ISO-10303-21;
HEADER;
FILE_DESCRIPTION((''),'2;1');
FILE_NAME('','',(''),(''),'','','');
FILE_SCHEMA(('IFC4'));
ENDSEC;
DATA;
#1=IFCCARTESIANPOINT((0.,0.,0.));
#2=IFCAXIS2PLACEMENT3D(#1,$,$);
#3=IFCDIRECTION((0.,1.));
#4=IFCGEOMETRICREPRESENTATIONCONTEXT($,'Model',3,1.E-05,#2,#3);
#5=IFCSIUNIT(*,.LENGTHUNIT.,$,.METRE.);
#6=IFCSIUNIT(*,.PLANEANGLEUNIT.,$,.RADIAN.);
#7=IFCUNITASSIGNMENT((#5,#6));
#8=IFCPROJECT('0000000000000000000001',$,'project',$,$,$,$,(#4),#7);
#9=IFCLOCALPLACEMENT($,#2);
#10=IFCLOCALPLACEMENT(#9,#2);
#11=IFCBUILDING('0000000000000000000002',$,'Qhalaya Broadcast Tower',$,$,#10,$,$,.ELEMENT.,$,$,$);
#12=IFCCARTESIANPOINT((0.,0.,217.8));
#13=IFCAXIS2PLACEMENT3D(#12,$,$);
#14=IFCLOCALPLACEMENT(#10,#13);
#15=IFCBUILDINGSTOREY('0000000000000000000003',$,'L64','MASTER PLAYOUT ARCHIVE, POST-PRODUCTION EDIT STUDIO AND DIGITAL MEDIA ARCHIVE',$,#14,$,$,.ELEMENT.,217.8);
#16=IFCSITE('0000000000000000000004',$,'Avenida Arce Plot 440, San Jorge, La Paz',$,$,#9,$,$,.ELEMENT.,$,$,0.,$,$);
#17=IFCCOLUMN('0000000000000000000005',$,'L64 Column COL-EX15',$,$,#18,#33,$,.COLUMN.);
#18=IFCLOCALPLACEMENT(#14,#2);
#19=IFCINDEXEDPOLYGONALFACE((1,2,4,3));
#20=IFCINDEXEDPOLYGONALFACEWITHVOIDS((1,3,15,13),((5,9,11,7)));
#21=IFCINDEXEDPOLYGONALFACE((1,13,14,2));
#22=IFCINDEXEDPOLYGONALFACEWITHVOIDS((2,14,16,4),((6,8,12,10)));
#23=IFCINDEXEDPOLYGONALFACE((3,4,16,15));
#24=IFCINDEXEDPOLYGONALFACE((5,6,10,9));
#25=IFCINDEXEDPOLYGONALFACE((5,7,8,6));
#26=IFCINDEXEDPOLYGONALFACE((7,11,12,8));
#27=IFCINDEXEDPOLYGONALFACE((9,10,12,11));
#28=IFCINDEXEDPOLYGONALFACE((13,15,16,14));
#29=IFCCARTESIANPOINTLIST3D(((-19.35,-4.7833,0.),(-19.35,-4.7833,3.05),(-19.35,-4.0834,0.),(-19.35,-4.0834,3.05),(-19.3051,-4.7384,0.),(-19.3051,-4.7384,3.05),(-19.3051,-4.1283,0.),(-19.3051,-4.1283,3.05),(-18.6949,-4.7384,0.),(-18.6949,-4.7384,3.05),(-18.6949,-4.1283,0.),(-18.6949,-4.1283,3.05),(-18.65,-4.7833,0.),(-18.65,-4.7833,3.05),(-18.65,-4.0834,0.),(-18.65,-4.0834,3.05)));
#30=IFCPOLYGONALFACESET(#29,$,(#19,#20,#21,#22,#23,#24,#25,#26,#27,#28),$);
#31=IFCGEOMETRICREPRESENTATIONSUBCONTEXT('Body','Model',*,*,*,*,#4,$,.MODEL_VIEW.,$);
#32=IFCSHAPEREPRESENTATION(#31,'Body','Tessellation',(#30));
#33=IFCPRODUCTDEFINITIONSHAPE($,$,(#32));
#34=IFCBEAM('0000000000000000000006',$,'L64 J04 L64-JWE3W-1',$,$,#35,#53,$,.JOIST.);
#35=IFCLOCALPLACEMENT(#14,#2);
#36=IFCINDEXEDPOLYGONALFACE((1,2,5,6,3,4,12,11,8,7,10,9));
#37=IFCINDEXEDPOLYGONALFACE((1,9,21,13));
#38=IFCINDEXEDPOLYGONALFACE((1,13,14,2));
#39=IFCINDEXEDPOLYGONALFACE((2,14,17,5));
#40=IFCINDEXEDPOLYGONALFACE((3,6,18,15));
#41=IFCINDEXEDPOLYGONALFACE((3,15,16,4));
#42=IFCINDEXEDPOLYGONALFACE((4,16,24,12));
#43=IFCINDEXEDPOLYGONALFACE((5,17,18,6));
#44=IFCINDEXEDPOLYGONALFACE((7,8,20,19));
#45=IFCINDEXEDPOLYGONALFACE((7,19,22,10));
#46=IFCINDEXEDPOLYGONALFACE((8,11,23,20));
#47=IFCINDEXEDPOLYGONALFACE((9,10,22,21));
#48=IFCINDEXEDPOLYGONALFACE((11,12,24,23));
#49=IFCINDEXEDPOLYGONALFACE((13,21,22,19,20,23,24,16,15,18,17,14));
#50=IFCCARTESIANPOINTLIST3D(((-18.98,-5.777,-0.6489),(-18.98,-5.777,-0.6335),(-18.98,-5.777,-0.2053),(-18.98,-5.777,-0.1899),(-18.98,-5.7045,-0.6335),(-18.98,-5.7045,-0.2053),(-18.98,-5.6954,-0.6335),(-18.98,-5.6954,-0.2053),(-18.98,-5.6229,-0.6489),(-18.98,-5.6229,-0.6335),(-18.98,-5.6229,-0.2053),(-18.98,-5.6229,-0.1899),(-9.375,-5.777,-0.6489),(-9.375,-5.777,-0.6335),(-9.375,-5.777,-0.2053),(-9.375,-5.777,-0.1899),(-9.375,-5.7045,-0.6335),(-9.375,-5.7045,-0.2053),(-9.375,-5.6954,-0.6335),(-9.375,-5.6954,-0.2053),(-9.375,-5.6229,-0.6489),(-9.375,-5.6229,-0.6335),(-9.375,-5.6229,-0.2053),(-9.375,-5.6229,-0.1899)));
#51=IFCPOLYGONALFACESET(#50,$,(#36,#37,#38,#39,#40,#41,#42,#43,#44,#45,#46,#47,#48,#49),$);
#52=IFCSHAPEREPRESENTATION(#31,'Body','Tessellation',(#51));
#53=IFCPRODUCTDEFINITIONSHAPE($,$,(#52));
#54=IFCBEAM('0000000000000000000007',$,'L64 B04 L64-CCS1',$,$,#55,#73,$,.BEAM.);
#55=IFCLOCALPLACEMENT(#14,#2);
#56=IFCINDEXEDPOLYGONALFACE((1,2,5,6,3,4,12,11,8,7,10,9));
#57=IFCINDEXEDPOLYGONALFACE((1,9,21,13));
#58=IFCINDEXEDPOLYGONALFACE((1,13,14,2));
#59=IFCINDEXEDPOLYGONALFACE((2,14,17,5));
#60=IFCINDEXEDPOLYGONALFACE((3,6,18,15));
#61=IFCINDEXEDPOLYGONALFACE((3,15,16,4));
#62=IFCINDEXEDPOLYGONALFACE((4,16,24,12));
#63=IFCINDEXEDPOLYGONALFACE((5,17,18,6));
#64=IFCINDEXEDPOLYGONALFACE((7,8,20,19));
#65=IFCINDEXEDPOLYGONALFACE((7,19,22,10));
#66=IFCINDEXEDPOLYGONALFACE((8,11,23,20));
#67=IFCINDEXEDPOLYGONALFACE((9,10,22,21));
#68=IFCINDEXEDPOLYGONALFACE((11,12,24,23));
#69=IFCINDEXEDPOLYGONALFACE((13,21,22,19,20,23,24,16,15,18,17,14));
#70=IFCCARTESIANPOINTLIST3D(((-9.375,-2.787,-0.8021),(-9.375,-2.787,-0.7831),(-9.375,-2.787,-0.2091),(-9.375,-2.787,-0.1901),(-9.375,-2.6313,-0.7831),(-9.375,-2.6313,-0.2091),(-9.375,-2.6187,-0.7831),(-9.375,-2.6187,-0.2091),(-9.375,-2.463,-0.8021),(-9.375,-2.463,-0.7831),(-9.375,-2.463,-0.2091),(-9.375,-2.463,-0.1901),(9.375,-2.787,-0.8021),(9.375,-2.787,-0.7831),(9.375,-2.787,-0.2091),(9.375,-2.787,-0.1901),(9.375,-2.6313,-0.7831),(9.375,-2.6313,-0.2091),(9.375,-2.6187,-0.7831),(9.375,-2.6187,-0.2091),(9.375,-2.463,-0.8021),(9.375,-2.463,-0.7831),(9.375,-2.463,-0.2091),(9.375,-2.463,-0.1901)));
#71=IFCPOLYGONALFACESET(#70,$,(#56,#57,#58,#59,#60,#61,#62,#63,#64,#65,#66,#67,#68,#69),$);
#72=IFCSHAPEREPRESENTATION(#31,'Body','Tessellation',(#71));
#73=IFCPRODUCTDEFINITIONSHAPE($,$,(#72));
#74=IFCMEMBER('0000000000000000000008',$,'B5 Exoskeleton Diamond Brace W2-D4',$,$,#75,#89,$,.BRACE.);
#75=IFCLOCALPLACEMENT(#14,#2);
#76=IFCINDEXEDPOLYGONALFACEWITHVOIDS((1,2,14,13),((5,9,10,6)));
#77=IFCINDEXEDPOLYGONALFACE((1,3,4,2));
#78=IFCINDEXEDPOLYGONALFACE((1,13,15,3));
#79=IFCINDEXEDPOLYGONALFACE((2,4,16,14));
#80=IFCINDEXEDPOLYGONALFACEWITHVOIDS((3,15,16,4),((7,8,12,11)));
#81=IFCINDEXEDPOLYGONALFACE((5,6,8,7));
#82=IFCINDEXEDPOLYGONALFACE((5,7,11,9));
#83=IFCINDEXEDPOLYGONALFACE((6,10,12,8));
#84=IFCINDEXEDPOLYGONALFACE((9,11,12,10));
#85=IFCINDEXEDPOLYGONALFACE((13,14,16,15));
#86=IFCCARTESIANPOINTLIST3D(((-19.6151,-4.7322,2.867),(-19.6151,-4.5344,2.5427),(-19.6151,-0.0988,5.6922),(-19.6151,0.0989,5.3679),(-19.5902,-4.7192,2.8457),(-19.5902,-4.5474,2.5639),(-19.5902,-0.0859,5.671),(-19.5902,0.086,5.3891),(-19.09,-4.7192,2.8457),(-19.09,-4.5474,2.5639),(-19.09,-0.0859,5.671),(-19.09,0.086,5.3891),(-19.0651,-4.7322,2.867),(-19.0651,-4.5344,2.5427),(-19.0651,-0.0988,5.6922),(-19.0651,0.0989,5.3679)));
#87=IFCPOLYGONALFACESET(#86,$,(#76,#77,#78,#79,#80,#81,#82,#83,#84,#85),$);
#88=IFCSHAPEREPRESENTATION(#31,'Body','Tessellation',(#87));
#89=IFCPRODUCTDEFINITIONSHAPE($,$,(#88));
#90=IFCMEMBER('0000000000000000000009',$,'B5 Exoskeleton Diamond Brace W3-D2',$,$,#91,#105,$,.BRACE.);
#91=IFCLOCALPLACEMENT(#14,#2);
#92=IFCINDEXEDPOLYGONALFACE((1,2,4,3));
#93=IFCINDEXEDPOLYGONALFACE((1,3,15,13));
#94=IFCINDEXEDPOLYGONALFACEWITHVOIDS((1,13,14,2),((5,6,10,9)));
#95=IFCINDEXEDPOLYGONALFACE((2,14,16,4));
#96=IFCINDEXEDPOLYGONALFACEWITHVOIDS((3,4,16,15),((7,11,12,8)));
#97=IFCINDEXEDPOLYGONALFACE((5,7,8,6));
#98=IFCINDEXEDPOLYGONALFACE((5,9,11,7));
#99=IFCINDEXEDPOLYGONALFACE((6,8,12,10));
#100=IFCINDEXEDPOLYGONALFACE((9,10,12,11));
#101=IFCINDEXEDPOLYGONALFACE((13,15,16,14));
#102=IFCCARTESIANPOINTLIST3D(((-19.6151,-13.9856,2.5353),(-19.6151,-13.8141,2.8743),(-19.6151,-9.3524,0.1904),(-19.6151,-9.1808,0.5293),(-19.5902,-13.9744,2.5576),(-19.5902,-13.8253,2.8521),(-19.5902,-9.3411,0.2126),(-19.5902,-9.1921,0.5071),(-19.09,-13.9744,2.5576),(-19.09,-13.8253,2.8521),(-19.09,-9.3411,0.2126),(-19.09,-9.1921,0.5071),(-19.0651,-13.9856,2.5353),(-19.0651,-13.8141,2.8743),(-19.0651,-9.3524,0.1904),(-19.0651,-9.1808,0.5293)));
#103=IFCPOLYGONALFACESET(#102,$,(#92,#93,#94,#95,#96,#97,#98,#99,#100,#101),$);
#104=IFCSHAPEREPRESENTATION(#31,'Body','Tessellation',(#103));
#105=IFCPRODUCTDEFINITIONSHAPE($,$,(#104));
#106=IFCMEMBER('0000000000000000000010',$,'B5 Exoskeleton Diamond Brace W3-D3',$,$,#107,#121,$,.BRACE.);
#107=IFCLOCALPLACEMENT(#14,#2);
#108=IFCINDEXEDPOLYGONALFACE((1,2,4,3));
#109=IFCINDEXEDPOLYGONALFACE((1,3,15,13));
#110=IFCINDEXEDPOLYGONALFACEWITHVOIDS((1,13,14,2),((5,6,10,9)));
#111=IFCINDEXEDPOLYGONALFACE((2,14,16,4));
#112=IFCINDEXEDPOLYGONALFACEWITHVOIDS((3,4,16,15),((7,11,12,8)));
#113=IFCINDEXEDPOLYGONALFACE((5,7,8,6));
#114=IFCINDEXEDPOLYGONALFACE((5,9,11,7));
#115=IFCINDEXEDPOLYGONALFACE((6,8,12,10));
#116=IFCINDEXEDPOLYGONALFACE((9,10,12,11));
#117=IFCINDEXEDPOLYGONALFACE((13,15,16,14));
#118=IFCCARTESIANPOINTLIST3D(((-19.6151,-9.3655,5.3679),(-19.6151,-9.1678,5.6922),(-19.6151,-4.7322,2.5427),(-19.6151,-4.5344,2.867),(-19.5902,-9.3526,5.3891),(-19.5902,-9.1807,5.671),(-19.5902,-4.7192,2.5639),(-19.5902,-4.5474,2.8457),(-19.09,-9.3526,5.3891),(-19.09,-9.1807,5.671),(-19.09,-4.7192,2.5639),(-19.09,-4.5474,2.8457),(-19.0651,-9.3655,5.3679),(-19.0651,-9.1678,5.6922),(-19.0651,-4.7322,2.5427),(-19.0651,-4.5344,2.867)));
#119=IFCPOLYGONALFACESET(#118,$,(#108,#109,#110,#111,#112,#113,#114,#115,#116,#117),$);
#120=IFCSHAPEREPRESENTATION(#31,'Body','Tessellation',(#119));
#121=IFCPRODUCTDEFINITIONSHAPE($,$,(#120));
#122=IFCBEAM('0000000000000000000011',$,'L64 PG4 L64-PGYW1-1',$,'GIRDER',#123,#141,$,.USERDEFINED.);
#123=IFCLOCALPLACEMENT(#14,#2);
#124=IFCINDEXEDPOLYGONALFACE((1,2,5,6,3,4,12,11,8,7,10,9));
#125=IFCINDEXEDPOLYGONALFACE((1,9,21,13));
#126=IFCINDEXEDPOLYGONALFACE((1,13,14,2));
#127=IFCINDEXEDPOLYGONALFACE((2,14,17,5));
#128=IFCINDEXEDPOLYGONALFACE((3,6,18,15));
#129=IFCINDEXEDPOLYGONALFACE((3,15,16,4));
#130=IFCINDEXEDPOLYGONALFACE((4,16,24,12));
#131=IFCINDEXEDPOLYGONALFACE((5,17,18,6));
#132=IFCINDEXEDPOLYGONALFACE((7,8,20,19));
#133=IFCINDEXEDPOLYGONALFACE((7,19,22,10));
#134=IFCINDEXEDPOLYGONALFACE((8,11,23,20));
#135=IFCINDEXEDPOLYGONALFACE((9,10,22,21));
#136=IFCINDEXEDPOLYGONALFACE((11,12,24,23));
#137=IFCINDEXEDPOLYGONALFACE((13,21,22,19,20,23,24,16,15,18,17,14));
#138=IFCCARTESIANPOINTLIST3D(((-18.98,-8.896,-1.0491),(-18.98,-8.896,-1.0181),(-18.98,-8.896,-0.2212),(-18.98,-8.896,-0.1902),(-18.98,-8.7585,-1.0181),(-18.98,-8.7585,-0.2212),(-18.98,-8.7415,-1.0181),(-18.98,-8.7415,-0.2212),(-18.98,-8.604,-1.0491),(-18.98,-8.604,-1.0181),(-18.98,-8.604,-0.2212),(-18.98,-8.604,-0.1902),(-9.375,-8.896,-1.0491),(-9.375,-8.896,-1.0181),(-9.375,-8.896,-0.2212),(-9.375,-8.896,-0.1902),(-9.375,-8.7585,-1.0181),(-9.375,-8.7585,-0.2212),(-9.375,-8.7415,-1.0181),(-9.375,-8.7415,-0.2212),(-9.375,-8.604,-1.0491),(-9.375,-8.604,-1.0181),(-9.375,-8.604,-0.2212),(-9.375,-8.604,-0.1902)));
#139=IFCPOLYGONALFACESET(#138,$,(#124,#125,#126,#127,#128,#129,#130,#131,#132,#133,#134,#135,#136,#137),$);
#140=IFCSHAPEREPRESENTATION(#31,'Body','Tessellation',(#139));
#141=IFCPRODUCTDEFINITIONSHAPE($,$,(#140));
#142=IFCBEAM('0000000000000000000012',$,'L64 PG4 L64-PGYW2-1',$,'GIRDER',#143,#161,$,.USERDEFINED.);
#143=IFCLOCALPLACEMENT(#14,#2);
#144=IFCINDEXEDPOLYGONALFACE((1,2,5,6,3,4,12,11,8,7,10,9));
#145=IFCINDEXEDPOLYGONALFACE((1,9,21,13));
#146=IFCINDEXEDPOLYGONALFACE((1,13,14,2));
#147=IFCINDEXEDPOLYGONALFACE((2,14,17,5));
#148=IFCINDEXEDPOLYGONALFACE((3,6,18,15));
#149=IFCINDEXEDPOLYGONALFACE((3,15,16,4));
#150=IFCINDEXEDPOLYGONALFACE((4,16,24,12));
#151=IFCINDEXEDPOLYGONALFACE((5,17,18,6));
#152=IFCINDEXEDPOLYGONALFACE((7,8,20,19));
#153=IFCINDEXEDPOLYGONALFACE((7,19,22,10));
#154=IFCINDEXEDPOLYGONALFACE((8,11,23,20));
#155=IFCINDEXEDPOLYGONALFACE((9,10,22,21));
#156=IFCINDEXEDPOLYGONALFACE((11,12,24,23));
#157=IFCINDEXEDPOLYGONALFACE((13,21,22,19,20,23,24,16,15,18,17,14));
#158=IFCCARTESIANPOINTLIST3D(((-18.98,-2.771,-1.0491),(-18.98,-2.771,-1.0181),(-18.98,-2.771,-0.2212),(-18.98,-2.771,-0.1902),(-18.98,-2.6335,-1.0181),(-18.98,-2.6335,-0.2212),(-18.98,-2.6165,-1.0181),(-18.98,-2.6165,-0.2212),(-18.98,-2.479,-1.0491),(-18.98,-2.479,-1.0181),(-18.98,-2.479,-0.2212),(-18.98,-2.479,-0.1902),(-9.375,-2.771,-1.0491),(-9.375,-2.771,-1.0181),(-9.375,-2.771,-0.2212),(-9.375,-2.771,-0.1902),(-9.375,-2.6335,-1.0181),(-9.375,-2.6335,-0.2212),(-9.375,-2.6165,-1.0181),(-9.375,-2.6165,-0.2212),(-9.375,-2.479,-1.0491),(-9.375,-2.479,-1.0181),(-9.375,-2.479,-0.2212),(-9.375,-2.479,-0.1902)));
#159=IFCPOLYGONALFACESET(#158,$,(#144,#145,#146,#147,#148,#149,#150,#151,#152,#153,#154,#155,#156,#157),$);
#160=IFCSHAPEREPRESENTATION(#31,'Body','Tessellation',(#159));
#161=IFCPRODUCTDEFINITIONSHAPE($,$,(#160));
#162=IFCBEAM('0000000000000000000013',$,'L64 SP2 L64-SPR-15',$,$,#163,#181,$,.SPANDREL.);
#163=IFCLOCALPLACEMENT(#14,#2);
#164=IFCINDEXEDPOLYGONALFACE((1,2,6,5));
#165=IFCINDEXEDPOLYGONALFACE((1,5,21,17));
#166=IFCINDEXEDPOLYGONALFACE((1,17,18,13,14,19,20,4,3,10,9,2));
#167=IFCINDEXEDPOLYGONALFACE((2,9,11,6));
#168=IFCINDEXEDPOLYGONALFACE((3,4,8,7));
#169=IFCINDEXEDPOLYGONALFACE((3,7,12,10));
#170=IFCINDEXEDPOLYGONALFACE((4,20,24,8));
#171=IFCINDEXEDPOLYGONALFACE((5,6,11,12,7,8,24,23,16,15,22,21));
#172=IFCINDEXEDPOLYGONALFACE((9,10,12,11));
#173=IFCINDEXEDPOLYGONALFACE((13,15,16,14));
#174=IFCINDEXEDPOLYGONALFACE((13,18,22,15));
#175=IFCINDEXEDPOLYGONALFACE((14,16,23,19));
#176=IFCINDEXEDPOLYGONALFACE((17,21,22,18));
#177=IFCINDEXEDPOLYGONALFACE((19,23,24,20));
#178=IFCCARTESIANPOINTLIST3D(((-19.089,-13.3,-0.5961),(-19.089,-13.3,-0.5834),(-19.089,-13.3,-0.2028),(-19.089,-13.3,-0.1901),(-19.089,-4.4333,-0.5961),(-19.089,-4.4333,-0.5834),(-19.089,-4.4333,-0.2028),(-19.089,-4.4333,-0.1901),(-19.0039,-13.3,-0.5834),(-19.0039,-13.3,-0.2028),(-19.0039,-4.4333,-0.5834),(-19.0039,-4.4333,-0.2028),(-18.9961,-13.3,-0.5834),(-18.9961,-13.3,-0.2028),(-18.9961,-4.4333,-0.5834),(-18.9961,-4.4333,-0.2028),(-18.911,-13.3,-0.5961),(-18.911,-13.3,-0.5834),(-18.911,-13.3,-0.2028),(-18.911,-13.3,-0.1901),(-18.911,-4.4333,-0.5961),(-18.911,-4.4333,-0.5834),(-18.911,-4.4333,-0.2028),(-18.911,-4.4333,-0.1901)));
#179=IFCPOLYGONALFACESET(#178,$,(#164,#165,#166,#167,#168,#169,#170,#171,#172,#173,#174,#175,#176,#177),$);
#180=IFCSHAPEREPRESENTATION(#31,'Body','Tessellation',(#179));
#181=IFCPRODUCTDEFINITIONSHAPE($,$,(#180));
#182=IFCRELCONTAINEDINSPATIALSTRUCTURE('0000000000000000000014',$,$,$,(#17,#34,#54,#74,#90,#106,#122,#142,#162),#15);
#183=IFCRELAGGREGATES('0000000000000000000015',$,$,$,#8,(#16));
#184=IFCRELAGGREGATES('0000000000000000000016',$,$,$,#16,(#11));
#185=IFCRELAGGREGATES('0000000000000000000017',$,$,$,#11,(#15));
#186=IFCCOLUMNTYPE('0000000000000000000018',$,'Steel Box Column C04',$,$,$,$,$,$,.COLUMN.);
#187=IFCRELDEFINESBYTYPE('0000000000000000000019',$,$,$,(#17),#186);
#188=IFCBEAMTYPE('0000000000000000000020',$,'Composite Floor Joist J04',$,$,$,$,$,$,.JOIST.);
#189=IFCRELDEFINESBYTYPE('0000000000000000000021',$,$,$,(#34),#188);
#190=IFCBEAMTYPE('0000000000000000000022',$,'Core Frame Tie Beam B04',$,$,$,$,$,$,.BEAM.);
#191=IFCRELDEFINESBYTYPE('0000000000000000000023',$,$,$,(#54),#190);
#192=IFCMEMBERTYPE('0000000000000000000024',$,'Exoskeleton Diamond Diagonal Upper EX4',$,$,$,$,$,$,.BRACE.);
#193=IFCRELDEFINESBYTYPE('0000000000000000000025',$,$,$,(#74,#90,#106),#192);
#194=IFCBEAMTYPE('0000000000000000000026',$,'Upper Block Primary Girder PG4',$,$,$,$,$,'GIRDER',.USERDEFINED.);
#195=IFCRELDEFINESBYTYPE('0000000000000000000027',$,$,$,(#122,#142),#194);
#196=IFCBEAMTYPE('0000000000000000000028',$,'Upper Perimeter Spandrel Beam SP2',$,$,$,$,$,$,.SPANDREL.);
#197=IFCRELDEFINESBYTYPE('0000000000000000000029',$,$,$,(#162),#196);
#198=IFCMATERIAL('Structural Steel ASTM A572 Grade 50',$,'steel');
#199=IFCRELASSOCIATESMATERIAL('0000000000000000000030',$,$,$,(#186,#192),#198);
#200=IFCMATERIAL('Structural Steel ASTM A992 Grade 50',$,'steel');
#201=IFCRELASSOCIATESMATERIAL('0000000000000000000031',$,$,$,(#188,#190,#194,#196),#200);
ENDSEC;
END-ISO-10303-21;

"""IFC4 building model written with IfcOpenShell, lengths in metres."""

from ifc_helpers import new_model, si_unit, direction, frame, origin, origin_2d, place, context, subcontext, project, spatial, hollow_rectangle, i_section, extrude, material, material_profile, profile_set, type_object, element, save


model = new_model("IFC4")

# Units and contexts
model_context = context("Model", 3, precision=1e-05, world=origin(), true_north=direction((0.0, 1.0)))
body_context = subcontext(model_context, "Body", "Model", "MODEL_VIEW")
ifc_project = project(units=[si_unit("LENGTHUNIT", "METRE"), si_unit("PLANEANGLEUNIT", "RADIAN")], contexts=[model_context])

# Site, building, storey
site_placement = place(None, origin())
site = spatial("IfcSite", under=ifc_project, at=site_placement, Name="Avenida Arce Plot 440, San Jorge, La Paz", CompositionType="ELEMENT", RefElevation=0.0)
building_placement = place(site_placement, origin())
building = spatial("IfcBuilding", under=site, at=building_placement, Name="Qhalaya Broadcast Tower", CompositionType="ELEMENT")
storey_placement = place(building_placement, frame((0.0, 0.0, 217.8)))
storey = spatial("IfcBuildingStorey", under=building, at=storey_placement, Name="L64", Description="MASTER PLAYOUT ARCHIVE, POST-PRODUCTION EDIT STUDIO AND DIGITAL MEDIA ARCHIVE", CompositionType="ELEMENT", Elevation=217.8)

# Column
ifc_material_1 = material(Name="Structural Steel ASTM A572 Grade 50", Category="steel")
ifc_material_profile_1 = material_profile(ifc_material_1, hollow_rectangle(XDim=0.7, YDim=0.7, WallThickness=0.0449, at=origin_2d()), Name="BOX 700x700x45")
ifc_profile_set_1 = profile_set([ifc_material_profile_1], Name="Structural Steel ASTM A572 Grade 50")
column_type = type_object("IfcColumnType", Name="Steel Box Column C04", PredefinedType="COLUMN", material=ifc_profile_set_1)
column_placement = place(storey_placement, frame((-19.0, -4.4333, 0.0), z_axis=(0.0, 0.0, 1.0), x_axis=(0.0, 1.0, 0.0)))
element("IfcColumn", 1, at=column_placement, inside=storey, type_object=column_type, Name="L64 Column COL-EX15", PredefinedType="COLUMN", context=body_context, shape_type="SweptSolid", body=[
    extrude(hollow_rectangle(XDim=0.7, YDim=0.7, WallThickness=0.0449, at=origin_2d()), origin(), (0.0, 0.0, 1.0), 3.05),
])

# Beams
ifc_material_2 = material(Name="Structural Steel ASTM A992 Grade 50", Category="steel")
ifc_material_profile_2 = material_profile(ifc_material_2, i_section(OverallWidth=0.1541, OverallDepth=0.459, WebThickness=0.009, FlangeThickness=0.0154, at=origin_2d()), Name="W18X46")
ifc_profile_set_2 = profile_set([ifc_material_profile_2], Name="Structural Steel ASTM A992 Grade 50")
beam_type_1 = type_object("IfcBeamType", Name="Composite Floor Joist J04", PredefinedType="JOIST", material=ifc_profile_set_2)
beam_1_placement = place(storey_placement, frame((-18.98, -5.7, -0.4194), z_axis=(1.0, 0.0, 0.0), x_axis=(0.0, 1.0, 0.0)))
element("IfcBeam", 2, at=beam_1_placement, inside=storey, type_object=beam_type_1, Name="L64 J04 L64-JWE3W-1", PredefinedType="JOIST", context=body_context, shape_type="SweptSolid", body=[
    extrude(i_section(OverallWidth=0.1541, OverallDepth=0.459, WebThickness=0.009, FlangeThickness=0.0154, at=origin_2d()), origin(), (0.0, 0.0, 1.0), 9.605),
])
ifc_material_profile_3 = material_profile(ifc_material_2, i_section(OverallWidth=0.324, OverallDepth=0.6121, WebThickness=0.0127, FlangeThickness=0.019, at=origin_2d()), Name="W24X104")
ifc_profile_set_3 = profile_set([ifc_material_profile_3], Name="Structural Steel ASTM A992 Grade 50")
beam_type_2 = type_object("IfcBeamType", Name="Core Frame Tie Beam B04", PredefinedType="BEAM", material=ifc_profile_set_3)
beam_2_placement = place(storey_placement, frame((-9.375, -2.625, -0.4961), z_axis=(1.0, 0.0, 0.0), x_axis=(0.0, 1.0, 0.0)))
element("IfcBeam", 3, at=beam_2_placement, inside=storey, type_object=beam_type_2, Name="L64 B04 L64-CCS1", PredefinedType="BEAM", context=body_context, shape_type="SweptSolid", body=[
    extrude(i_section(OverallWidth=0.324, OverallDepth=0.6121, WebThickness=0.0127, FlangeThickness=0.019, at=origin_2d()), origin(), (0.0, 0.0, 1.0), 18.75),
])

# Members
ifc_material_profile_4 = material_profile(ifc_material_1, hollow_rectangle(XDim=0.3799, YDim=0.55, WallThickness=0.0249, at=origin_2d()), Name="BOX 380x550x25")
ifc_profile_set_4 = profile_set([ifc_material_profile_4], Name="Structural Steel ASTM A572 Grade 50")
member_type = type_object("IfcMemberType", Name="Exoskeleton Diamond Diagonal Upper EX4", PredefinedType="BRACE", material=ifc_profile_set_4)
member_1_placement = place(storey_placement, frame((-19.3401, -4.6333, 2.7048), z_axis=(0.0, 0.853795, 0.520609), x_axis=(0.0, -0.520609, 0.853795)))
element("IfcMember", 4, at=member_1_placement, inside=storey, type_object=member_type, Name="B5 Exoskeleton Diamond Brace W2-D4", PredefinedType="BRACE", context=body_context, shape_type="SweptSolid", body=[
    extrude(hollow_rectangle(XDim=0.3799, YDim=0.55, WallThickness=0.0249, at=origin_2d()), origin(), (0.0, 0.0, 1.0), 5.4268),
])
member_2_placement = place(storey_placement, frame((-19.3401, -9.2666, 0.3599), z_axis=(0.0, -0.892235, 0.451571), x_axis=(0.0, 0.451571, 0.892235)))
element("IfcMember", 5, at=member_2_placement, inside=storey, type_object=member_type, Name="B5 Exoskeleton Diamond Brace W3-D2", PredefinedType="BRACE", context=body_context, shape_type="SweptSolid", body=[
    extrude(hollow_rectangle(XDim=0.3799, YDim=0.55, WallThickness=0.0249, at=origin_2d()), origin(), (0.0, 0.0, 1.0), 5.1929),
])
member_3_placement = place(storey_placement, frame((-19.3401, -4.6333, 2.7048), z_axis=(0.0, -0.853795, 0.520609), x_axis=(0.0, 0.520609, 0.853795)))
element("IfcMember", 6, at=member_3_placement, inside=storey, type_object=member_type, Name="B5 Exoskeleton Diamond Brace W3-D3", PredefinedType="BRACE", context=body_context, shape_type="SweptSolid", body=[
    extrude(hollow_rectangle(XDim=0.3799, YDim=0.55, WallThickness=0.0249, at=origin_2d()), origin(), (0.0, 0.0, 1.0), 5.4268),
])

# Beams
ifc_material_profile_5 = material_profile(ifc_material_2, i_section(OverallWidth=0.292, OverallDepth=0.8589, WebThickness=0.0171, FlangeThickness=0.031, at=origin_2d()), Name="W33X169")
ifc_profile_set_5 = profile_set([ifc_material_profile_5], Name="Structural Steel ASTM A992 Grade 50")
beam_type_3 = type_object("IfcBeamType", Name="Upper Block Primary Girder PG4", ElementType="GIRDER", PredefinedType="USERDEFINED", material=ifc_profile_set_5)
for number, where, z_axis, x_axis, name in (
    (7, (-18.98, -8.75, -0.6196), (1.0, 0.0, 0.0), (0.0, 1.0, 0.0), "L64 PG4 L64-PGYW1-1"),
    (8, (-18.98, -2.625, -0.6196), (1.0, 0.0, 0.0), (0.0, 1.0, 0.0), "L64 PG4 L64-PGYW2-1"),
):
    element("IfcBeam", number, at=place(storey_placement, frame(where, z_axis=z_axis, x_axis=x_axis)), inside=storey, type_object=beam_type_3, Name=name, ObjectType="GIRDER", PredefinedType="USERDEFINED", context=body_context, shape_type="SweptSolid", body=[
        extrude(i_section(OverallWidth=0.292, OverallDepth=0.8589, WebThickness=0.0171, FlangeThickness=0.031, at=origin_2d()), origin(), (0.0, 0.0, 1.0), 9.605),
    ])
ifc_material_profile_6 = material_profile(ifc_material_2, i_section(OverallWidth=0.178, OverallDepth=0.406, WebThickness=0.0078, FlangeThickness=0.0127, at=origin_2d()), Name="W16X40")
ifc_profile_set_6 = profile_set([ifc_material_profile_6], Name="Structural Steel ASTM A992 Grade 50")
beam_type_4 = type_object("IfcBeamType", Name="Upper Perimeter Spandrel Beam SP2", PredefinedType="SPANDREL", material=ifc_profile_set_6)
beam_3_placement = place(storey_placement, frame((-19.0, -4.4333, -0.3931), z_axis=(0.0, -1.0, 0.0), x_axis=(1.0, 0.0, 0.0)))
element("IfcBeam", 9, at=beam_3_placement, inside=storey, type_object=beam_type_4, Name="L64 SP2 L64-SPR-15", PredefinedType="SPANDREL", context=body_context, shape_type="SweptSolid", body=[
    extrude(i_section(OverallWidth=0.178, OverallDepth=0.406, WebThickness=0.0078, FlangeThickness=0.0127, at=origin_2d()), origin(), (0.0, 0.0, 1.0), 8.8667),
])

save(model, "model.ifc")
